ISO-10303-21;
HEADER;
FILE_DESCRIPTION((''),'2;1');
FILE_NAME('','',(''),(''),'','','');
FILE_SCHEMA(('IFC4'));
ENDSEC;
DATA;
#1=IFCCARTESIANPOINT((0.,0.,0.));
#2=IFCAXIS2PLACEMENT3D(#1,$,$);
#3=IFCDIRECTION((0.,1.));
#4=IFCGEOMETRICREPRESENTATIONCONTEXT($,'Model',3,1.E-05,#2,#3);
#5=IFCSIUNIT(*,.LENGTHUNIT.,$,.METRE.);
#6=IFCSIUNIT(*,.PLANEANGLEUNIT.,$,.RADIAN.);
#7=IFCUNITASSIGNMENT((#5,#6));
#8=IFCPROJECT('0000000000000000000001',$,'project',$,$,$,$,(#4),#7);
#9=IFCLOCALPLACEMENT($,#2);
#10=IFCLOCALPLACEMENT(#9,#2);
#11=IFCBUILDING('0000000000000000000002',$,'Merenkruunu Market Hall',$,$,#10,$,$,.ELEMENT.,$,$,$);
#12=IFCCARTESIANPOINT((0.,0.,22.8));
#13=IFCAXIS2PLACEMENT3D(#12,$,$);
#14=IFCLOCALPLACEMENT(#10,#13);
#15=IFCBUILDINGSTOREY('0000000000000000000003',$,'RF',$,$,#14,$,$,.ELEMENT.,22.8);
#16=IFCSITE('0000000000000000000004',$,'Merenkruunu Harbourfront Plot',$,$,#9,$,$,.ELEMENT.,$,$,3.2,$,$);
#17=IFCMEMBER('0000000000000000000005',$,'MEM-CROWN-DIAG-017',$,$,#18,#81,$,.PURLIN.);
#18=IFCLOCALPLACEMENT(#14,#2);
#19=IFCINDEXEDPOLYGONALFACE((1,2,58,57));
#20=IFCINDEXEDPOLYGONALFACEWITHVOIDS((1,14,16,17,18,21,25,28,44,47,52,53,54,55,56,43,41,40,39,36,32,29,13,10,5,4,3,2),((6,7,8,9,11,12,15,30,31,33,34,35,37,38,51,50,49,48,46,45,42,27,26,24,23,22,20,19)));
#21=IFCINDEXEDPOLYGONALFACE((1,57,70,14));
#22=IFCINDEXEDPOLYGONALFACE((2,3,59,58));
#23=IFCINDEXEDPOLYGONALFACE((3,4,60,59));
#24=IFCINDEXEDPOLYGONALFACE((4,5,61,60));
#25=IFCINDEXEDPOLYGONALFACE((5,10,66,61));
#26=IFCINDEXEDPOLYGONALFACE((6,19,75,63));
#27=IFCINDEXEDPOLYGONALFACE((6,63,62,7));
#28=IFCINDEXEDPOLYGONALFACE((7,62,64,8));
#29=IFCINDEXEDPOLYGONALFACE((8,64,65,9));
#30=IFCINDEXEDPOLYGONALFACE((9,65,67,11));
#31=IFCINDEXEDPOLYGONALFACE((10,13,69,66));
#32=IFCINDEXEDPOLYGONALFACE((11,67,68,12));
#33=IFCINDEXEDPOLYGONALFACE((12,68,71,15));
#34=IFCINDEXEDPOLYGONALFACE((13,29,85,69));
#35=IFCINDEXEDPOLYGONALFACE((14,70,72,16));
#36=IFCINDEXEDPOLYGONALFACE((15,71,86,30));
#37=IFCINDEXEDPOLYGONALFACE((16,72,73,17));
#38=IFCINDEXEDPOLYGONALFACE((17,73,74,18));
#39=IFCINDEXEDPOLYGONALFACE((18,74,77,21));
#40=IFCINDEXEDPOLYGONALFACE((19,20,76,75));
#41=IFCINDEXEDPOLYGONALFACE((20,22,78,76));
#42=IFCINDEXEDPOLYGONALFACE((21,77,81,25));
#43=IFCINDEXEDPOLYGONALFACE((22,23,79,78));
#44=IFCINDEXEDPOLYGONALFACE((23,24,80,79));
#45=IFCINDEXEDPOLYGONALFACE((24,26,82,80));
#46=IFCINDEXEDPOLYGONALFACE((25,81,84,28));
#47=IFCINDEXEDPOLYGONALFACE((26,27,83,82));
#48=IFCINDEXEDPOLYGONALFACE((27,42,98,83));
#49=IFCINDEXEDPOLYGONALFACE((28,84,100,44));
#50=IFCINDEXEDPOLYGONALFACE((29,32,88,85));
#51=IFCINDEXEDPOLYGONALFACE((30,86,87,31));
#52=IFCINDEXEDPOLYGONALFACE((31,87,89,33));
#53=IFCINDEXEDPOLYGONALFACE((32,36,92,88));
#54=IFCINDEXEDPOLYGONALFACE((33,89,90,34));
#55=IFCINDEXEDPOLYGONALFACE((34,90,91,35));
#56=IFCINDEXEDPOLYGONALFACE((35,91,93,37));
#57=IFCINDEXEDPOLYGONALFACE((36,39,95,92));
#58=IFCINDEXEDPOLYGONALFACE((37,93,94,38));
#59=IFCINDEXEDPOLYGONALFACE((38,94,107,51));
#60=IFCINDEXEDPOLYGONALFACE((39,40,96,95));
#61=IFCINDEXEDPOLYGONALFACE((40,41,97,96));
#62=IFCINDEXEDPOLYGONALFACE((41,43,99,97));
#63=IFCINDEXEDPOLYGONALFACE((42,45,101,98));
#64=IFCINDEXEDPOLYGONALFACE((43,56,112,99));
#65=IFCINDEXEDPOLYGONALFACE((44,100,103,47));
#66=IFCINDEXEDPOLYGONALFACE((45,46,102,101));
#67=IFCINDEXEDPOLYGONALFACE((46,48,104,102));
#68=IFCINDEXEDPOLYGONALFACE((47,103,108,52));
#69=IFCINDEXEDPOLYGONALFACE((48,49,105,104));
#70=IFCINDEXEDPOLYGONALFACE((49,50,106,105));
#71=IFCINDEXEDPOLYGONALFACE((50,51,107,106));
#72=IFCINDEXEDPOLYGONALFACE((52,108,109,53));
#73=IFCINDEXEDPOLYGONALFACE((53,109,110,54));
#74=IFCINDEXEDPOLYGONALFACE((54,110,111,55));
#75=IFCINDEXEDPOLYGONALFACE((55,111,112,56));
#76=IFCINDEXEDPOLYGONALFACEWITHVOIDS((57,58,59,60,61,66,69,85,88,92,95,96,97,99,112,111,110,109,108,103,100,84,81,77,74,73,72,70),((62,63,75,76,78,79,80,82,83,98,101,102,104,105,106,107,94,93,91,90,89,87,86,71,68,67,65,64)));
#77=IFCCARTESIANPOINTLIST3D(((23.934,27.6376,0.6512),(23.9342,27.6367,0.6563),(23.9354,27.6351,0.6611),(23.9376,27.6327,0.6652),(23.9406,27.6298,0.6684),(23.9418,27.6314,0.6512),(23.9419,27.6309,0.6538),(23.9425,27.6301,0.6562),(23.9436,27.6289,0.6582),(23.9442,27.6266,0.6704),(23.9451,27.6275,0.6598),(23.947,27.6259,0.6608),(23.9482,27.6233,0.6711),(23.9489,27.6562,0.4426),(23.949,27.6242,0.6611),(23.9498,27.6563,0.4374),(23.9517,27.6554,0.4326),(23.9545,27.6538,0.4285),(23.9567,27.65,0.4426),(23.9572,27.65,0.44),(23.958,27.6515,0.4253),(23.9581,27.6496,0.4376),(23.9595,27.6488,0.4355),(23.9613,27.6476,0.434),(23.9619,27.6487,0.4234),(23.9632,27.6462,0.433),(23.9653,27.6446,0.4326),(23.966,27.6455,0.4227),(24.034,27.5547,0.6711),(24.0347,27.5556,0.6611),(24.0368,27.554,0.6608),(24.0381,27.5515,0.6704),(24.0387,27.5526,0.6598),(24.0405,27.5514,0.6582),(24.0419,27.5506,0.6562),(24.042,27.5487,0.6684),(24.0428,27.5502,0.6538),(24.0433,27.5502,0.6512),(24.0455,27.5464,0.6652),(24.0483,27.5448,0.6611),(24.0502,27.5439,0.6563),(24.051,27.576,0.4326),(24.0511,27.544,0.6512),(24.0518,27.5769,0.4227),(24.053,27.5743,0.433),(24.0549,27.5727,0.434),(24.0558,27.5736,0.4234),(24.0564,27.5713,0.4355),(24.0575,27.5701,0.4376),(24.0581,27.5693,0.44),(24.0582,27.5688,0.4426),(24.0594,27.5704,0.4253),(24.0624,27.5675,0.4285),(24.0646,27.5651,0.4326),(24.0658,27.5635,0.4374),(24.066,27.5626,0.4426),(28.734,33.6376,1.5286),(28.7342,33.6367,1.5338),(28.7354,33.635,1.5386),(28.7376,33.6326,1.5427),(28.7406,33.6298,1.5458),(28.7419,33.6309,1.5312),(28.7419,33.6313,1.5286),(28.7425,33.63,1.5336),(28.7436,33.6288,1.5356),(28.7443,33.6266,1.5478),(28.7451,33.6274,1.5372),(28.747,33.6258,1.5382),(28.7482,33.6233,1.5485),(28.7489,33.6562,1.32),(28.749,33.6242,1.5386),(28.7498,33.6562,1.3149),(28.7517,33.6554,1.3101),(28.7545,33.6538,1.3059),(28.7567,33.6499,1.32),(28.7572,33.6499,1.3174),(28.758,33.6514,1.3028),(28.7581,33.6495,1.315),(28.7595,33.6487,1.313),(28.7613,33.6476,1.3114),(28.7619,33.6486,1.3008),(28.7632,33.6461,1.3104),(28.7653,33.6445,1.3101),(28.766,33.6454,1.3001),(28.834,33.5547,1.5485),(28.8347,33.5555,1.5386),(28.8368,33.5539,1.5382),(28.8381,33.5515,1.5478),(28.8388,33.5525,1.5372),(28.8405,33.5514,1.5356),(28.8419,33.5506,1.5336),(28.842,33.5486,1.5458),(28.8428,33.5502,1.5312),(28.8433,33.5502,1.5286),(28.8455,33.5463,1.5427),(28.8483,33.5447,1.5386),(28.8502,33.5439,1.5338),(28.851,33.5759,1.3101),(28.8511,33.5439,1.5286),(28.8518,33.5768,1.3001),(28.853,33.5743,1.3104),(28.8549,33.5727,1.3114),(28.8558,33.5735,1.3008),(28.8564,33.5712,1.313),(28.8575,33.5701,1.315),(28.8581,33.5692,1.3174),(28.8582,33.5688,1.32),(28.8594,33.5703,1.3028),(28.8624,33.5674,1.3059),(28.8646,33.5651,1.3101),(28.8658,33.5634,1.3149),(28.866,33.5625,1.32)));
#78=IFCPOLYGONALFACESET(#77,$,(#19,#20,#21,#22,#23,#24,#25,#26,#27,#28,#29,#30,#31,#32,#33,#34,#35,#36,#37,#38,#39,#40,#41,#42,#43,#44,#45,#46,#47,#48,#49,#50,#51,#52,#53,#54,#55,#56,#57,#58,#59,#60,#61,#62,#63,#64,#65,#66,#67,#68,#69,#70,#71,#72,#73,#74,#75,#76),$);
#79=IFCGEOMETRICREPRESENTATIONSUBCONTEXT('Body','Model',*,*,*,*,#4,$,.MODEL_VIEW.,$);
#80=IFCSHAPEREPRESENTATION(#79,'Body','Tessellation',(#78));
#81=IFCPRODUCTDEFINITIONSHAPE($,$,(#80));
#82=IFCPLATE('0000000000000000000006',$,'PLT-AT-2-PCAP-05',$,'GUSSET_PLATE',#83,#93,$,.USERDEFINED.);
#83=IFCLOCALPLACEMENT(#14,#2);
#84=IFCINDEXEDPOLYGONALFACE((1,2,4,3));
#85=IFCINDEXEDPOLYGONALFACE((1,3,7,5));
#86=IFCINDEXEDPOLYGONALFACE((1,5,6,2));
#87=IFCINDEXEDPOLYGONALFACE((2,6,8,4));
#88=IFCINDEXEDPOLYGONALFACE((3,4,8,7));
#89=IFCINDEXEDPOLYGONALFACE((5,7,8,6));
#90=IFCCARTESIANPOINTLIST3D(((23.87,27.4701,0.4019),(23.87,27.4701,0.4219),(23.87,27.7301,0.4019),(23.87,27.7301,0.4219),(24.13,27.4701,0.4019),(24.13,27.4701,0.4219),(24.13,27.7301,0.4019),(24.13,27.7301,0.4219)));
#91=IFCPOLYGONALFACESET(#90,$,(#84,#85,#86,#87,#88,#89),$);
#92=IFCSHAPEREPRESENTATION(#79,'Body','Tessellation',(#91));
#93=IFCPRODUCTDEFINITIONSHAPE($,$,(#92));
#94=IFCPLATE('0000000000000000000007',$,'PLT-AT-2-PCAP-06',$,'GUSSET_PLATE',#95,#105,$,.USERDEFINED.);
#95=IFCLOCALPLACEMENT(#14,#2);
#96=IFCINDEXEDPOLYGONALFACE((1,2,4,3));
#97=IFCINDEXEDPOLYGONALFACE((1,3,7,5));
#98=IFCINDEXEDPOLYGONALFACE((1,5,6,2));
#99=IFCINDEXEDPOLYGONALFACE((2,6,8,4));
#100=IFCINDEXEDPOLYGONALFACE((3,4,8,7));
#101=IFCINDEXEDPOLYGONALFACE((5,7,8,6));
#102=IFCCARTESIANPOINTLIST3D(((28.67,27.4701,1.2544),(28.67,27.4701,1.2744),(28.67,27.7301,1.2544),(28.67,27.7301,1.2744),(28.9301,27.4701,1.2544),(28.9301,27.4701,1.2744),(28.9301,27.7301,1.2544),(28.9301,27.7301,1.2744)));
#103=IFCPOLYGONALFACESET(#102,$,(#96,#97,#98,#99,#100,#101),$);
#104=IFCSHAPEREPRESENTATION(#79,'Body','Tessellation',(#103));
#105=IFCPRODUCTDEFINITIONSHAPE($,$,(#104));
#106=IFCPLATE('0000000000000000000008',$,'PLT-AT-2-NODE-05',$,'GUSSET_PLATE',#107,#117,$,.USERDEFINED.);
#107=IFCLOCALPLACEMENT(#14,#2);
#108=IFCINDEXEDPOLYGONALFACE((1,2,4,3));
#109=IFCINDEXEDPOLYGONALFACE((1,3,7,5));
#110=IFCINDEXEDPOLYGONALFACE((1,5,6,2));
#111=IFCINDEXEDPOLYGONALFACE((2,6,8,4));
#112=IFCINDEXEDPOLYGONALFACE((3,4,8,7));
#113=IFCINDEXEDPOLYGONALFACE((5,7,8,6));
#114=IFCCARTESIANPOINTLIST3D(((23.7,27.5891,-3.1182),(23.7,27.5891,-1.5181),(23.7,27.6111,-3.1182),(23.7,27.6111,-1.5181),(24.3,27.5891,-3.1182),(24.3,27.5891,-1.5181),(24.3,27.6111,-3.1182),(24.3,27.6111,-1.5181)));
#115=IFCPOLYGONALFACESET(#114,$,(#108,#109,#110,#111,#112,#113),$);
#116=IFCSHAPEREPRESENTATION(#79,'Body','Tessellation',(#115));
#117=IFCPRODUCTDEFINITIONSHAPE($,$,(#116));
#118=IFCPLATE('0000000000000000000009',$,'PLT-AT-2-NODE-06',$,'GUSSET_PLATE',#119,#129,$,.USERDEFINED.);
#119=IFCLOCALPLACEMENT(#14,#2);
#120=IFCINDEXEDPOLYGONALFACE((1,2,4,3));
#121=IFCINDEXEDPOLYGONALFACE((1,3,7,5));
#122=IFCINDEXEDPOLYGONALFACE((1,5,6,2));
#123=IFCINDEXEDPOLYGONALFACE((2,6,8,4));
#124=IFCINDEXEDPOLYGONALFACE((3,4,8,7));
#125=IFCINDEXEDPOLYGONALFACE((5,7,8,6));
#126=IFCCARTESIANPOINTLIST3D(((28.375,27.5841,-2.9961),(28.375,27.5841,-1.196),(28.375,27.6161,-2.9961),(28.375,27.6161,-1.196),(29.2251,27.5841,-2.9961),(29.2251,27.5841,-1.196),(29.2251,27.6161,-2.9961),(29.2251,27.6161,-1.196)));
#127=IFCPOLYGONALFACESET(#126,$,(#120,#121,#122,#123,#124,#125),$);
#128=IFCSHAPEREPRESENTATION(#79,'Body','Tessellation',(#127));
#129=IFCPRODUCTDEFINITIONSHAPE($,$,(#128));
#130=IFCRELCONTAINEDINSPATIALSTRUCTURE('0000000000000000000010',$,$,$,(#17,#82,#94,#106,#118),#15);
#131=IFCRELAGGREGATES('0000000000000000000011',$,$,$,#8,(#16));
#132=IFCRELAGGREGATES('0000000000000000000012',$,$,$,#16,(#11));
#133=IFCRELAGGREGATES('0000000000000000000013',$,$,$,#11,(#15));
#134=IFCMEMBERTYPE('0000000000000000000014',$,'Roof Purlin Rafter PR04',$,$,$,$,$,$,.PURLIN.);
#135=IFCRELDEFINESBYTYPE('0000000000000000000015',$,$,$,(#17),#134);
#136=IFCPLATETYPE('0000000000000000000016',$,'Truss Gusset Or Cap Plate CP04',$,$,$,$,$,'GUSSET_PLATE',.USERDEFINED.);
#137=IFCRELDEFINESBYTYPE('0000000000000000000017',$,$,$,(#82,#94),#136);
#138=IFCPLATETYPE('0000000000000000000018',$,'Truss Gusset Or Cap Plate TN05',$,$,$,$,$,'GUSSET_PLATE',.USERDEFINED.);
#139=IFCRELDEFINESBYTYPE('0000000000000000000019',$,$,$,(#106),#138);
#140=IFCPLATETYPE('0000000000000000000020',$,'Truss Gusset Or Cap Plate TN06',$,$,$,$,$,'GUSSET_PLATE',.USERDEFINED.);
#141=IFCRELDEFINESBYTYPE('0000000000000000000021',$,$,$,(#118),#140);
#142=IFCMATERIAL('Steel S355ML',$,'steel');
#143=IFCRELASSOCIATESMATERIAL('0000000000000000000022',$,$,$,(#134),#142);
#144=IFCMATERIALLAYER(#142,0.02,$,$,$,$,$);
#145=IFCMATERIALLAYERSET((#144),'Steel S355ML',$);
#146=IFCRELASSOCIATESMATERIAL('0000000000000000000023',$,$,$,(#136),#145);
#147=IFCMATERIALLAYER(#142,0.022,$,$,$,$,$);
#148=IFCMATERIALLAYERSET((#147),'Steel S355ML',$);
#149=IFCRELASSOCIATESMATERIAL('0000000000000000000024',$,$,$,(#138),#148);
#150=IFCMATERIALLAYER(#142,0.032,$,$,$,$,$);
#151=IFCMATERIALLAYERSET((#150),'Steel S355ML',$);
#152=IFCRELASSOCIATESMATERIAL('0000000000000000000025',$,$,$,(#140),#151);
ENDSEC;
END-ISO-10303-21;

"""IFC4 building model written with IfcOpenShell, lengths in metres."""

from ifc_helpers import new_model, si_unit, direction, frame, origin, origin_2d, place, context, subcontext, project, spatial, rectangle, hollow_rectangle, extrude, material, layer, layer_set, material_profile, profile_set, type_object, element, save


model = new_model("IFC4")

# Units and contexts
model_context = context("Model", 3, precision=1e-05, world=origin(), true_north=direction((0.0, 1.0)))
body_context = subcontext(model_context, "Body", "Model", "MODEL_VIEW")
ifc_project = project(units=[si_unit("LENGTHUNIT", "METRE"), si_unit("PLANEANGLEUNIT", "RADIAN")], contexts=[model_context])

# Site, building, storey
site_placement = place(None, origin())
site = spatial("IfcSite", under=ifc_project, at=site_placement, Name="Merenkruunu Harbourfront Plot", CompositionType="ELEMENT", RefElevation=3.2)
building_placement = place(site_placement, origin())
building = spatial("IfcBuilding", under=site, at=building_placement, Name="Merenkruunu Market Hall", CompositionType="ELEMENT")
storey_placement = place(building_placement, frame((0.0, 0.0, 22.8)))
storey = spatial("IfcBuildingStorey", under=building, at=storey_placement, Name="RF", CompositionType="ELEMENT", Elevation=22.8)

# Member
ifc_material_1 = material(Name="Steel S355ML", Category="steel")
ifc_material_profile_1 = material_profile(ifc_material_1, hollow_rectangle(XDim=0.1499, YDim=0.25, WallThickness=0.01, InnerFilletRadius=0.01, OuterFilletRadius=0.02, at=origin_2d()), Name="RHS 250x150x10")
ifc_profile_set_1 = profile_set([ifc_material_profile_1], Name="Steel S355ML")
member_type_1 = type_object("IfcMemberType", Name="Roof Purlin Rafter PR04", PredefinedType="PURLIN", material=ifc_profile_set_1)
member_1_placement = place(storey_placement, frame((24.0, 27.6001, 0.5469), z_axis=(0.620665, 0.775824, 0.113457), x_axis=(-0.780866, 0.624699, 0.0)))
element("IfcMember", 1, at=member_1_placement, inside=storey, type_object=member_type_1, Name="MEM-CROWN-DIAG-017", PredefinedType="PURLIN", context=body_context, shape_type="SweptSolid", body=[
    extrude(hollow_rectangle(XDim=0.1499, YDim=0.25, WallThickness=0.01, InnerFilletRadius=0.01, OuterFilletRadius=0.02, at=origin_2d()), origin(), (0.0, 0.0, 1.0), 7.7336),
])

# Plates
ifc_layer_1 = layer(ifc_material_1, 0.02)
ifc_layer_set_1 = layer_set([ifc_layer_1], Name="Steel S355ML")
plate_type_1 = type_object("IfcPlateType", Name="Truss Gusset Or Cap Plate CP04", ElementType="GUSSET_PLATE", PredefinedType="USERDEFINED", material=ifc_layer_set_1)
for number, where, z_axis, x_axis, name in (
    (2, (24.0, 27.6001, 0.4019), (0.0, 0.0, 1.0), (1.0, 0.0, 0.0), "PLT-AT-2-PCAP-05"),
    (3, (28.8, 27.6001, 1.2544), (0.0, 0.0, 1.0), (1.0, 0.0, 0.0), "PLT-AT-2-PCAP-06"),
):
    element("IfcPlate", number, at=place(storey_placement, frame(where, z_axis=z_axis, x_axis=x_axis)), inside=storey, type_object=plate_type_1, Name=name, ObjectType="GUSSET_PLATE", PredefinedType="USERDEFINED", context=body_context, shape_type="SweptSolid", body=[
        extrude(rectangle(XDim=0.26, YDim=0.26, at=origin_2d()), origin(), (0.0, 0.0, 1.0), 0.02),
    ])
ifc_layer_2 = layer(ifc_material_1, 0.022)
ifc_layer_set_2 = layer_set([ifc_layer_2], Name="Steel S355ML")
plate_type_2 = type_object("IfcPlateType", Name="Truss Gusset Or Cap Plate TN05", ElementType="GUSSET_PLATE", PredefinedType="USERDEFINED", material=ifc_layer_set_2)
plate_1_placement = place(storey_placement, frame((24.0, 27.6001, -3.1182), z_axis=(0.0, 0.0, 1.0), x_axis=(1.0, 0.0, 0.0)))
element("IfcPlate", 4, at=plate_1_placement, inside=storey, type_object=plate_type_2, Name="PLT-AT-2-NODE-05", ObjectType="GUSSET_PLATE", PredefinedType="USERDEFINED", context=body_context, shape_type="SweptSolid", body=[
    extrude(rectangle(XDim=0.6001, YDim=0.022, at=origin_2d()), origin(), (0.0, 0.0, 1.0), 1.6001),
])
ifc_layer_3 = layer(ifc_material_1, 0.032)
ifc_layer_set_3 = layer_set([ifc_layer_3], Name="Steel S355ML")
plate_type_3 = type_object("IfcPlateType", Name="Truss Gusset Or Cap Plate TN06", ElementType="GUSSET_PLATE", PredefinedType="USERDEFINED", material=ifc_layer_set_3)
plate_2_placement = place(storey_placement, frame((28.8, 27.6001, -2.9961), z_axis=(0.0, 0.0, 1.0), x_axis=(1.0, 0.0, 0.0)))
element("IfcPlate", 5, at=plate_2_placement, inside=storey, type_object=plate_type_3, Name="PLT-AT-2-NODE-06", ObjectType="GUSSET_PLATE", PredefinedType="USERDEFINED", context=body_context, shape_type="SweptSolid", body=[
    extrude(rectangle(XDim=0.8501, YDim=0.032, at=origin_2d()), origin(), (0.0, 0.0, 1.0), 1.8),
])

save(model, "model.ifc")
